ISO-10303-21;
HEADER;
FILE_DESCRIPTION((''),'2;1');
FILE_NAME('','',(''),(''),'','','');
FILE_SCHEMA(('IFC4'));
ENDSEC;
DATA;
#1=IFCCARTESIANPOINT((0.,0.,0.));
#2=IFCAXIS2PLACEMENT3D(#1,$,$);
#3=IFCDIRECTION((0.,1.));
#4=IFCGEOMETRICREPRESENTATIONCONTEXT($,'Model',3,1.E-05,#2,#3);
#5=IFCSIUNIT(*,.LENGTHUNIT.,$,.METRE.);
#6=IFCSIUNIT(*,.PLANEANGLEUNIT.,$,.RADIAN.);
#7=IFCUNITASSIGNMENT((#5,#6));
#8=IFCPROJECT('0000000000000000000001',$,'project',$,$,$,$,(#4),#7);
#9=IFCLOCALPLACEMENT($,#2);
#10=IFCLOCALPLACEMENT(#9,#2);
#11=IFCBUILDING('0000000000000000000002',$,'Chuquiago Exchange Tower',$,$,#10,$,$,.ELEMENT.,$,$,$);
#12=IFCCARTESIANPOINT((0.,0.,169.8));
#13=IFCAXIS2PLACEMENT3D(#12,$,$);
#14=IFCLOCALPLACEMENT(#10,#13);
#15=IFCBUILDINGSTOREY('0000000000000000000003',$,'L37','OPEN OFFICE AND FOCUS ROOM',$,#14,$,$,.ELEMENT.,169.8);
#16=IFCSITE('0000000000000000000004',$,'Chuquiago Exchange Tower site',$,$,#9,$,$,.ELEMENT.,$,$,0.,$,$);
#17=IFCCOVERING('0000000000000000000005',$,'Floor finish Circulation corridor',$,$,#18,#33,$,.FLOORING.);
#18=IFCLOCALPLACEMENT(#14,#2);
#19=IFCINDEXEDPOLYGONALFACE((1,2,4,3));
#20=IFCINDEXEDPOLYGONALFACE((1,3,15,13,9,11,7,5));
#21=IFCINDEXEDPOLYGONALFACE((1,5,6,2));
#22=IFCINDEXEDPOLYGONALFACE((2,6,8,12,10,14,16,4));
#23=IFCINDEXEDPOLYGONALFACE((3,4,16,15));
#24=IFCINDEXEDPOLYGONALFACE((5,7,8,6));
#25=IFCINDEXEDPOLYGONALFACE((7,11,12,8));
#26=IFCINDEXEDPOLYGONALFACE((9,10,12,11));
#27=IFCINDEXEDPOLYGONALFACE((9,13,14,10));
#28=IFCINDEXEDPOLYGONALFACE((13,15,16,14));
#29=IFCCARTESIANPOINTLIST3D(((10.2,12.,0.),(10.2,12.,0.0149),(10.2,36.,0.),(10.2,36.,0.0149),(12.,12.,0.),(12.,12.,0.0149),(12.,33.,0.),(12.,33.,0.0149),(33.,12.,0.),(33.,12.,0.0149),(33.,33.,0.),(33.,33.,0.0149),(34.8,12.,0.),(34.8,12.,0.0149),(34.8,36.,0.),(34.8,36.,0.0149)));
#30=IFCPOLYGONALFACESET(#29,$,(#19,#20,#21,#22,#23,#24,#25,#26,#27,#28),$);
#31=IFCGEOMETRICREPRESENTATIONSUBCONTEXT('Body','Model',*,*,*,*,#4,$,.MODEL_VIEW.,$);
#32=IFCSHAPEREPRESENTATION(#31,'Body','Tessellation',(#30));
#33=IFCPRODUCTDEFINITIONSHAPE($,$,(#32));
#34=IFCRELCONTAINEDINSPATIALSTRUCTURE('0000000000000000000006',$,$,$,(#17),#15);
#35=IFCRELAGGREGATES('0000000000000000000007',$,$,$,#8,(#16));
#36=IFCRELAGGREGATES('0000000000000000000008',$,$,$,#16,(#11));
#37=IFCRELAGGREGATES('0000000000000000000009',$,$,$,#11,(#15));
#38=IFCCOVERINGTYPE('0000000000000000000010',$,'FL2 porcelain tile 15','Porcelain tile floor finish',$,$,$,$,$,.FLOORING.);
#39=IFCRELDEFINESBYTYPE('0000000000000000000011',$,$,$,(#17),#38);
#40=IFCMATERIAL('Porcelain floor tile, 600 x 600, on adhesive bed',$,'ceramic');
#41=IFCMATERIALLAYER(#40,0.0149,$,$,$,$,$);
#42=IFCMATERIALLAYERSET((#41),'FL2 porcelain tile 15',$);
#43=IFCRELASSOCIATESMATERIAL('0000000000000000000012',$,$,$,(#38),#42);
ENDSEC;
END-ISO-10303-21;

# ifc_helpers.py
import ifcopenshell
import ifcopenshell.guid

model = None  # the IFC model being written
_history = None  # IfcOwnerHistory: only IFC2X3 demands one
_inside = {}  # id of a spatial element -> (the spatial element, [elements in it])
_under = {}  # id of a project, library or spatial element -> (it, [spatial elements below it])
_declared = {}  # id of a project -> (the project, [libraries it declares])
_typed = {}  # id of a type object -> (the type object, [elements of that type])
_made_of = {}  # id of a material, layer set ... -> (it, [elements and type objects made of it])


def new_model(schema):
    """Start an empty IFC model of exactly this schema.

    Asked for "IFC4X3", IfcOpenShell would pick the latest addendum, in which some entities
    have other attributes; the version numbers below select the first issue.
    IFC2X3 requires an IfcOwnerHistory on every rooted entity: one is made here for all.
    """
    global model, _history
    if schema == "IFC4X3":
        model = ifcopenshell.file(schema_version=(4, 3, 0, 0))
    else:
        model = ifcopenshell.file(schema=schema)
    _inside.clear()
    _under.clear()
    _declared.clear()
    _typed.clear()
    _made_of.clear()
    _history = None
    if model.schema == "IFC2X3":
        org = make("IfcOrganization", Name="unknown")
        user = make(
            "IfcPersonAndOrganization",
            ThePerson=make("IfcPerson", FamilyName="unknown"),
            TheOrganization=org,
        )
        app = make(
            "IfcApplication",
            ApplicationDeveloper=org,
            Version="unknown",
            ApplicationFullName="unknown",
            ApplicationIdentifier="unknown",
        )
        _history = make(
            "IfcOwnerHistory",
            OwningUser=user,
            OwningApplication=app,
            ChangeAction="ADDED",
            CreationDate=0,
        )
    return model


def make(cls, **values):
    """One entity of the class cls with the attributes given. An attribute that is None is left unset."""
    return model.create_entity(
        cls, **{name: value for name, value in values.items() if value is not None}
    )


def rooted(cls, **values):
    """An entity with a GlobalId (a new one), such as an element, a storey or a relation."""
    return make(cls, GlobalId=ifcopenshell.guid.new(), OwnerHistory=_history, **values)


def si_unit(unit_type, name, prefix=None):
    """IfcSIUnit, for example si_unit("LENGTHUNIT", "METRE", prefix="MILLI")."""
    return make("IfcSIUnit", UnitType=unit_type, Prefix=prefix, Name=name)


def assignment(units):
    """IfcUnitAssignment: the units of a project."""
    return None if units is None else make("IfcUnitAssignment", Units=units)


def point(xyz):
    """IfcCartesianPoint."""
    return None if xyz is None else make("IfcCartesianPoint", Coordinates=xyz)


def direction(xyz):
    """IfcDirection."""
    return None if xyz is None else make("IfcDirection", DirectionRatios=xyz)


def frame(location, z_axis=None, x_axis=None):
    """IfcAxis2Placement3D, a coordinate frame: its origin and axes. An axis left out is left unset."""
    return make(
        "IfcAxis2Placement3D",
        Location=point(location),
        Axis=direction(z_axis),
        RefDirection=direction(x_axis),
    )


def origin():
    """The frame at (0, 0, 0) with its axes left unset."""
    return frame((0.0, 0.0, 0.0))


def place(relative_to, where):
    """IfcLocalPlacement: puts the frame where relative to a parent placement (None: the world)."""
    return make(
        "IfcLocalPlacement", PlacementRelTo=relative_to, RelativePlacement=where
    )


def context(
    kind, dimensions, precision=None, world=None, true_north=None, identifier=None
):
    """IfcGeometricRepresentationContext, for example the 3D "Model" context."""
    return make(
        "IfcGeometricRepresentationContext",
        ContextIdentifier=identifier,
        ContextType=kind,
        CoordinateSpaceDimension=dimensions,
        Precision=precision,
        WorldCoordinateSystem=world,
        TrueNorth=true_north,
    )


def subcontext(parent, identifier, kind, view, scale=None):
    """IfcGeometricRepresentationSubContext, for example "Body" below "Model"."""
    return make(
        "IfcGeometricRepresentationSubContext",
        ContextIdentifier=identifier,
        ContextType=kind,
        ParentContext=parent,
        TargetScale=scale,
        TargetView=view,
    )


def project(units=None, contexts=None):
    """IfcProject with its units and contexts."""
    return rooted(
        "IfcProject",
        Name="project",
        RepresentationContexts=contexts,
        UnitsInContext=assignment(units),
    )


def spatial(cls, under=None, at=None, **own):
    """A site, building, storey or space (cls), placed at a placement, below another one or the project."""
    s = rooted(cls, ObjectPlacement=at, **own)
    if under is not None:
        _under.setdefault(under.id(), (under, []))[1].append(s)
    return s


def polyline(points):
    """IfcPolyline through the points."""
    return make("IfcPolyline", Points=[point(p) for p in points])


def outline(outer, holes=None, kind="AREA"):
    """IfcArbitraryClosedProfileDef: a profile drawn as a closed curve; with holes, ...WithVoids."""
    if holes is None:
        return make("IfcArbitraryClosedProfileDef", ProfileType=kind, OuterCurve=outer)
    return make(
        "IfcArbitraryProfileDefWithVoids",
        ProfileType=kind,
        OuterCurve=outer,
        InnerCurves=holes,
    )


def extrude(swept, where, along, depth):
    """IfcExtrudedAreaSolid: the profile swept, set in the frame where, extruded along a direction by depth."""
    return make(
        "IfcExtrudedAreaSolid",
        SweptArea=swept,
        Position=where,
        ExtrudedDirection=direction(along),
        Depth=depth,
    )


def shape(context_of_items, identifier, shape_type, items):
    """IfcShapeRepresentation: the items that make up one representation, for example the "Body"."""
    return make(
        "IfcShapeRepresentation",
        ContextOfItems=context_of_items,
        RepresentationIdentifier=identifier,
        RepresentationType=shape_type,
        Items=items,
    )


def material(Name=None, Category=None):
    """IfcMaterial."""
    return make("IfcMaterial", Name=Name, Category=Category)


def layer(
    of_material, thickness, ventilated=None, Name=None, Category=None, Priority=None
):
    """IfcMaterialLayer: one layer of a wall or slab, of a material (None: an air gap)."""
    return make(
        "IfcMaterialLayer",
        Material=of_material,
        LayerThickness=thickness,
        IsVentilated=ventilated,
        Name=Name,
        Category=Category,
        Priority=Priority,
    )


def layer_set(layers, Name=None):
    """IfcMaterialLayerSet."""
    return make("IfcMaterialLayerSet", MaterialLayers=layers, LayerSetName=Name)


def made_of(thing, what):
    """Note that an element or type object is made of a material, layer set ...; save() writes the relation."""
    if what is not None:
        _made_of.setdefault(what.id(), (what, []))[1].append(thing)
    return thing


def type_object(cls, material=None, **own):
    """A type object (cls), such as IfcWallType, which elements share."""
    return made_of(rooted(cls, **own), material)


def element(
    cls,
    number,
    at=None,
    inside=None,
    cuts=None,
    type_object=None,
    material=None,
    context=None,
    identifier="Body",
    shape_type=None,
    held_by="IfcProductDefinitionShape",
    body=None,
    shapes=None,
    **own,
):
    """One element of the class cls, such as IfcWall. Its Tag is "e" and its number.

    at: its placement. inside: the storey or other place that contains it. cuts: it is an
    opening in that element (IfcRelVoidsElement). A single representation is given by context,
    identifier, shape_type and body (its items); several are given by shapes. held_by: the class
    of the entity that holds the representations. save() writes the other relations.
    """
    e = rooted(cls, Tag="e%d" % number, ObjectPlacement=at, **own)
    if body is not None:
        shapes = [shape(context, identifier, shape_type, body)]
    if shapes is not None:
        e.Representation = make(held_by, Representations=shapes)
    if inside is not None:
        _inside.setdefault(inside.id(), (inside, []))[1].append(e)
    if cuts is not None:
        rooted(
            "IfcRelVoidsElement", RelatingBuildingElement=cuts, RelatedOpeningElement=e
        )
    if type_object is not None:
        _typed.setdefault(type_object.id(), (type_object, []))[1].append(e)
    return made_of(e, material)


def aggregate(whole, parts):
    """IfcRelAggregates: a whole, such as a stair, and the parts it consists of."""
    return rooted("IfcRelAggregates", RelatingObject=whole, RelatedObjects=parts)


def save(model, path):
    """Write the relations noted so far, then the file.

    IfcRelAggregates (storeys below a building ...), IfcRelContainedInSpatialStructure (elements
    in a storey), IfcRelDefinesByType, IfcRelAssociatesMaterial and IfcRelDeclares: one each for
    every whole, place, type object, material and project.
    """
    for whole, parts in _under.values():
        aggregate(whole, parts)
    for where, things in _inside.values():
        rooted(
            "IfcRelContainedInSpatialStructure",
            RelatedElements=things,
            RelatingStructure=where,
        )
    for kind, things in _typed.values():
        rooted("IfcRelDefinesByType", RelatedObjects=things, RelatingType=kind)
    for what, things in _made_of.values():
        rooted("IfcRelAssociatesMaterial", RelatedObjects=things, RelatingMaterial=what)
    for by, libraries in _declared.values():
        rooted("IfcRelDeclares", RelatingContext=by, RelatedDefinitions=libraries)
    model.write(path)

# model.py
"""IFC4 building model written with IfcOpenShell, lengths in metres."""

from ifc_helpers import new_model, si_unit, direction, frame, origin, place, context, subcontext, project, spatial, polyline, outline, extrude, material, layer, layer_set, type_object, element, save


model = new_model("IFC4")

# Units and contexts
model_context = context("Model", 3, precision=1e-05, world=origin(), true_north=direction((0.0, 1.0)))
body_context = subcontext(model_context, "Body", "Model", "MODEL_VIEW")
ifc_project = project(units=[si_unit("LENGTHUNIT", "METRE"), si_unit("PLANEANGLEUNIT", "RADIAN")], contexts=[model_context])

# Site, building, storey
site_placement = place(None, origin())
site = spatial("IfcSite", under=ifc_project, at=site_placement, Name="Chuquiago Exchange Tower site", CompositionType="ELEMENT", RefElevation=0.0)
building_placement = place(site_placement, origin())
building = spatial("IfcBuilding", under=site, at=building_placement, Name="Chuquiago Exchange Tower", CompositionType="ELEMENT")
storey_placement = place(building_placement, frame((0.0, 0.0, 169.8)))
storey = spatial("IfcBuildingStorey", under=building, at=storey_placement, Name="L37", Description="OPEN OFFICE AND FOCUS ROOM", CompositionType="ELEMENT", Elevation=169.8)

# Covering
ifc_material_1 = material(Name="Porcelain floor tile, 600 x 600, on adhesive bed", Category="ceramic")
ifc_layer_1 = layer(ifc_material_1, 0.0149)
ifc_layer_set_1 = layer_set([ifc_layer_1], Name="FL2 porcelain tile 15")
covering_type_1 = type_object("IfcCoveringType", Name="FL2 porcelain tile 15", Description="Porcelain tile floor finish", PredefinedType="FLOORING", material=ifc_layer_set_1)
covering_1_placement = place(storey_placement, origin())
element("IfcCovering", 1, at=covering_1_placement, inside=storey, type_object=covering_type_1, Name="Floor finish Circulation corridor", PredefinedType="FLOORING", context=body_context, shape_type="SweptSolid", body=[
    extrude(outline(polyline([(12.0, 12.0), (10.2, 12.0), (10.2, 36.0), (34.8, 36.0), (34.8, 12.0), (33.0, 12.0), (33.0, 33.0), (12.0, 33.0), (12.0, 12.0)])), origin(), (0.0, 0.0, 1.0), 0.0149),
])

save(model, "model.ifc")
